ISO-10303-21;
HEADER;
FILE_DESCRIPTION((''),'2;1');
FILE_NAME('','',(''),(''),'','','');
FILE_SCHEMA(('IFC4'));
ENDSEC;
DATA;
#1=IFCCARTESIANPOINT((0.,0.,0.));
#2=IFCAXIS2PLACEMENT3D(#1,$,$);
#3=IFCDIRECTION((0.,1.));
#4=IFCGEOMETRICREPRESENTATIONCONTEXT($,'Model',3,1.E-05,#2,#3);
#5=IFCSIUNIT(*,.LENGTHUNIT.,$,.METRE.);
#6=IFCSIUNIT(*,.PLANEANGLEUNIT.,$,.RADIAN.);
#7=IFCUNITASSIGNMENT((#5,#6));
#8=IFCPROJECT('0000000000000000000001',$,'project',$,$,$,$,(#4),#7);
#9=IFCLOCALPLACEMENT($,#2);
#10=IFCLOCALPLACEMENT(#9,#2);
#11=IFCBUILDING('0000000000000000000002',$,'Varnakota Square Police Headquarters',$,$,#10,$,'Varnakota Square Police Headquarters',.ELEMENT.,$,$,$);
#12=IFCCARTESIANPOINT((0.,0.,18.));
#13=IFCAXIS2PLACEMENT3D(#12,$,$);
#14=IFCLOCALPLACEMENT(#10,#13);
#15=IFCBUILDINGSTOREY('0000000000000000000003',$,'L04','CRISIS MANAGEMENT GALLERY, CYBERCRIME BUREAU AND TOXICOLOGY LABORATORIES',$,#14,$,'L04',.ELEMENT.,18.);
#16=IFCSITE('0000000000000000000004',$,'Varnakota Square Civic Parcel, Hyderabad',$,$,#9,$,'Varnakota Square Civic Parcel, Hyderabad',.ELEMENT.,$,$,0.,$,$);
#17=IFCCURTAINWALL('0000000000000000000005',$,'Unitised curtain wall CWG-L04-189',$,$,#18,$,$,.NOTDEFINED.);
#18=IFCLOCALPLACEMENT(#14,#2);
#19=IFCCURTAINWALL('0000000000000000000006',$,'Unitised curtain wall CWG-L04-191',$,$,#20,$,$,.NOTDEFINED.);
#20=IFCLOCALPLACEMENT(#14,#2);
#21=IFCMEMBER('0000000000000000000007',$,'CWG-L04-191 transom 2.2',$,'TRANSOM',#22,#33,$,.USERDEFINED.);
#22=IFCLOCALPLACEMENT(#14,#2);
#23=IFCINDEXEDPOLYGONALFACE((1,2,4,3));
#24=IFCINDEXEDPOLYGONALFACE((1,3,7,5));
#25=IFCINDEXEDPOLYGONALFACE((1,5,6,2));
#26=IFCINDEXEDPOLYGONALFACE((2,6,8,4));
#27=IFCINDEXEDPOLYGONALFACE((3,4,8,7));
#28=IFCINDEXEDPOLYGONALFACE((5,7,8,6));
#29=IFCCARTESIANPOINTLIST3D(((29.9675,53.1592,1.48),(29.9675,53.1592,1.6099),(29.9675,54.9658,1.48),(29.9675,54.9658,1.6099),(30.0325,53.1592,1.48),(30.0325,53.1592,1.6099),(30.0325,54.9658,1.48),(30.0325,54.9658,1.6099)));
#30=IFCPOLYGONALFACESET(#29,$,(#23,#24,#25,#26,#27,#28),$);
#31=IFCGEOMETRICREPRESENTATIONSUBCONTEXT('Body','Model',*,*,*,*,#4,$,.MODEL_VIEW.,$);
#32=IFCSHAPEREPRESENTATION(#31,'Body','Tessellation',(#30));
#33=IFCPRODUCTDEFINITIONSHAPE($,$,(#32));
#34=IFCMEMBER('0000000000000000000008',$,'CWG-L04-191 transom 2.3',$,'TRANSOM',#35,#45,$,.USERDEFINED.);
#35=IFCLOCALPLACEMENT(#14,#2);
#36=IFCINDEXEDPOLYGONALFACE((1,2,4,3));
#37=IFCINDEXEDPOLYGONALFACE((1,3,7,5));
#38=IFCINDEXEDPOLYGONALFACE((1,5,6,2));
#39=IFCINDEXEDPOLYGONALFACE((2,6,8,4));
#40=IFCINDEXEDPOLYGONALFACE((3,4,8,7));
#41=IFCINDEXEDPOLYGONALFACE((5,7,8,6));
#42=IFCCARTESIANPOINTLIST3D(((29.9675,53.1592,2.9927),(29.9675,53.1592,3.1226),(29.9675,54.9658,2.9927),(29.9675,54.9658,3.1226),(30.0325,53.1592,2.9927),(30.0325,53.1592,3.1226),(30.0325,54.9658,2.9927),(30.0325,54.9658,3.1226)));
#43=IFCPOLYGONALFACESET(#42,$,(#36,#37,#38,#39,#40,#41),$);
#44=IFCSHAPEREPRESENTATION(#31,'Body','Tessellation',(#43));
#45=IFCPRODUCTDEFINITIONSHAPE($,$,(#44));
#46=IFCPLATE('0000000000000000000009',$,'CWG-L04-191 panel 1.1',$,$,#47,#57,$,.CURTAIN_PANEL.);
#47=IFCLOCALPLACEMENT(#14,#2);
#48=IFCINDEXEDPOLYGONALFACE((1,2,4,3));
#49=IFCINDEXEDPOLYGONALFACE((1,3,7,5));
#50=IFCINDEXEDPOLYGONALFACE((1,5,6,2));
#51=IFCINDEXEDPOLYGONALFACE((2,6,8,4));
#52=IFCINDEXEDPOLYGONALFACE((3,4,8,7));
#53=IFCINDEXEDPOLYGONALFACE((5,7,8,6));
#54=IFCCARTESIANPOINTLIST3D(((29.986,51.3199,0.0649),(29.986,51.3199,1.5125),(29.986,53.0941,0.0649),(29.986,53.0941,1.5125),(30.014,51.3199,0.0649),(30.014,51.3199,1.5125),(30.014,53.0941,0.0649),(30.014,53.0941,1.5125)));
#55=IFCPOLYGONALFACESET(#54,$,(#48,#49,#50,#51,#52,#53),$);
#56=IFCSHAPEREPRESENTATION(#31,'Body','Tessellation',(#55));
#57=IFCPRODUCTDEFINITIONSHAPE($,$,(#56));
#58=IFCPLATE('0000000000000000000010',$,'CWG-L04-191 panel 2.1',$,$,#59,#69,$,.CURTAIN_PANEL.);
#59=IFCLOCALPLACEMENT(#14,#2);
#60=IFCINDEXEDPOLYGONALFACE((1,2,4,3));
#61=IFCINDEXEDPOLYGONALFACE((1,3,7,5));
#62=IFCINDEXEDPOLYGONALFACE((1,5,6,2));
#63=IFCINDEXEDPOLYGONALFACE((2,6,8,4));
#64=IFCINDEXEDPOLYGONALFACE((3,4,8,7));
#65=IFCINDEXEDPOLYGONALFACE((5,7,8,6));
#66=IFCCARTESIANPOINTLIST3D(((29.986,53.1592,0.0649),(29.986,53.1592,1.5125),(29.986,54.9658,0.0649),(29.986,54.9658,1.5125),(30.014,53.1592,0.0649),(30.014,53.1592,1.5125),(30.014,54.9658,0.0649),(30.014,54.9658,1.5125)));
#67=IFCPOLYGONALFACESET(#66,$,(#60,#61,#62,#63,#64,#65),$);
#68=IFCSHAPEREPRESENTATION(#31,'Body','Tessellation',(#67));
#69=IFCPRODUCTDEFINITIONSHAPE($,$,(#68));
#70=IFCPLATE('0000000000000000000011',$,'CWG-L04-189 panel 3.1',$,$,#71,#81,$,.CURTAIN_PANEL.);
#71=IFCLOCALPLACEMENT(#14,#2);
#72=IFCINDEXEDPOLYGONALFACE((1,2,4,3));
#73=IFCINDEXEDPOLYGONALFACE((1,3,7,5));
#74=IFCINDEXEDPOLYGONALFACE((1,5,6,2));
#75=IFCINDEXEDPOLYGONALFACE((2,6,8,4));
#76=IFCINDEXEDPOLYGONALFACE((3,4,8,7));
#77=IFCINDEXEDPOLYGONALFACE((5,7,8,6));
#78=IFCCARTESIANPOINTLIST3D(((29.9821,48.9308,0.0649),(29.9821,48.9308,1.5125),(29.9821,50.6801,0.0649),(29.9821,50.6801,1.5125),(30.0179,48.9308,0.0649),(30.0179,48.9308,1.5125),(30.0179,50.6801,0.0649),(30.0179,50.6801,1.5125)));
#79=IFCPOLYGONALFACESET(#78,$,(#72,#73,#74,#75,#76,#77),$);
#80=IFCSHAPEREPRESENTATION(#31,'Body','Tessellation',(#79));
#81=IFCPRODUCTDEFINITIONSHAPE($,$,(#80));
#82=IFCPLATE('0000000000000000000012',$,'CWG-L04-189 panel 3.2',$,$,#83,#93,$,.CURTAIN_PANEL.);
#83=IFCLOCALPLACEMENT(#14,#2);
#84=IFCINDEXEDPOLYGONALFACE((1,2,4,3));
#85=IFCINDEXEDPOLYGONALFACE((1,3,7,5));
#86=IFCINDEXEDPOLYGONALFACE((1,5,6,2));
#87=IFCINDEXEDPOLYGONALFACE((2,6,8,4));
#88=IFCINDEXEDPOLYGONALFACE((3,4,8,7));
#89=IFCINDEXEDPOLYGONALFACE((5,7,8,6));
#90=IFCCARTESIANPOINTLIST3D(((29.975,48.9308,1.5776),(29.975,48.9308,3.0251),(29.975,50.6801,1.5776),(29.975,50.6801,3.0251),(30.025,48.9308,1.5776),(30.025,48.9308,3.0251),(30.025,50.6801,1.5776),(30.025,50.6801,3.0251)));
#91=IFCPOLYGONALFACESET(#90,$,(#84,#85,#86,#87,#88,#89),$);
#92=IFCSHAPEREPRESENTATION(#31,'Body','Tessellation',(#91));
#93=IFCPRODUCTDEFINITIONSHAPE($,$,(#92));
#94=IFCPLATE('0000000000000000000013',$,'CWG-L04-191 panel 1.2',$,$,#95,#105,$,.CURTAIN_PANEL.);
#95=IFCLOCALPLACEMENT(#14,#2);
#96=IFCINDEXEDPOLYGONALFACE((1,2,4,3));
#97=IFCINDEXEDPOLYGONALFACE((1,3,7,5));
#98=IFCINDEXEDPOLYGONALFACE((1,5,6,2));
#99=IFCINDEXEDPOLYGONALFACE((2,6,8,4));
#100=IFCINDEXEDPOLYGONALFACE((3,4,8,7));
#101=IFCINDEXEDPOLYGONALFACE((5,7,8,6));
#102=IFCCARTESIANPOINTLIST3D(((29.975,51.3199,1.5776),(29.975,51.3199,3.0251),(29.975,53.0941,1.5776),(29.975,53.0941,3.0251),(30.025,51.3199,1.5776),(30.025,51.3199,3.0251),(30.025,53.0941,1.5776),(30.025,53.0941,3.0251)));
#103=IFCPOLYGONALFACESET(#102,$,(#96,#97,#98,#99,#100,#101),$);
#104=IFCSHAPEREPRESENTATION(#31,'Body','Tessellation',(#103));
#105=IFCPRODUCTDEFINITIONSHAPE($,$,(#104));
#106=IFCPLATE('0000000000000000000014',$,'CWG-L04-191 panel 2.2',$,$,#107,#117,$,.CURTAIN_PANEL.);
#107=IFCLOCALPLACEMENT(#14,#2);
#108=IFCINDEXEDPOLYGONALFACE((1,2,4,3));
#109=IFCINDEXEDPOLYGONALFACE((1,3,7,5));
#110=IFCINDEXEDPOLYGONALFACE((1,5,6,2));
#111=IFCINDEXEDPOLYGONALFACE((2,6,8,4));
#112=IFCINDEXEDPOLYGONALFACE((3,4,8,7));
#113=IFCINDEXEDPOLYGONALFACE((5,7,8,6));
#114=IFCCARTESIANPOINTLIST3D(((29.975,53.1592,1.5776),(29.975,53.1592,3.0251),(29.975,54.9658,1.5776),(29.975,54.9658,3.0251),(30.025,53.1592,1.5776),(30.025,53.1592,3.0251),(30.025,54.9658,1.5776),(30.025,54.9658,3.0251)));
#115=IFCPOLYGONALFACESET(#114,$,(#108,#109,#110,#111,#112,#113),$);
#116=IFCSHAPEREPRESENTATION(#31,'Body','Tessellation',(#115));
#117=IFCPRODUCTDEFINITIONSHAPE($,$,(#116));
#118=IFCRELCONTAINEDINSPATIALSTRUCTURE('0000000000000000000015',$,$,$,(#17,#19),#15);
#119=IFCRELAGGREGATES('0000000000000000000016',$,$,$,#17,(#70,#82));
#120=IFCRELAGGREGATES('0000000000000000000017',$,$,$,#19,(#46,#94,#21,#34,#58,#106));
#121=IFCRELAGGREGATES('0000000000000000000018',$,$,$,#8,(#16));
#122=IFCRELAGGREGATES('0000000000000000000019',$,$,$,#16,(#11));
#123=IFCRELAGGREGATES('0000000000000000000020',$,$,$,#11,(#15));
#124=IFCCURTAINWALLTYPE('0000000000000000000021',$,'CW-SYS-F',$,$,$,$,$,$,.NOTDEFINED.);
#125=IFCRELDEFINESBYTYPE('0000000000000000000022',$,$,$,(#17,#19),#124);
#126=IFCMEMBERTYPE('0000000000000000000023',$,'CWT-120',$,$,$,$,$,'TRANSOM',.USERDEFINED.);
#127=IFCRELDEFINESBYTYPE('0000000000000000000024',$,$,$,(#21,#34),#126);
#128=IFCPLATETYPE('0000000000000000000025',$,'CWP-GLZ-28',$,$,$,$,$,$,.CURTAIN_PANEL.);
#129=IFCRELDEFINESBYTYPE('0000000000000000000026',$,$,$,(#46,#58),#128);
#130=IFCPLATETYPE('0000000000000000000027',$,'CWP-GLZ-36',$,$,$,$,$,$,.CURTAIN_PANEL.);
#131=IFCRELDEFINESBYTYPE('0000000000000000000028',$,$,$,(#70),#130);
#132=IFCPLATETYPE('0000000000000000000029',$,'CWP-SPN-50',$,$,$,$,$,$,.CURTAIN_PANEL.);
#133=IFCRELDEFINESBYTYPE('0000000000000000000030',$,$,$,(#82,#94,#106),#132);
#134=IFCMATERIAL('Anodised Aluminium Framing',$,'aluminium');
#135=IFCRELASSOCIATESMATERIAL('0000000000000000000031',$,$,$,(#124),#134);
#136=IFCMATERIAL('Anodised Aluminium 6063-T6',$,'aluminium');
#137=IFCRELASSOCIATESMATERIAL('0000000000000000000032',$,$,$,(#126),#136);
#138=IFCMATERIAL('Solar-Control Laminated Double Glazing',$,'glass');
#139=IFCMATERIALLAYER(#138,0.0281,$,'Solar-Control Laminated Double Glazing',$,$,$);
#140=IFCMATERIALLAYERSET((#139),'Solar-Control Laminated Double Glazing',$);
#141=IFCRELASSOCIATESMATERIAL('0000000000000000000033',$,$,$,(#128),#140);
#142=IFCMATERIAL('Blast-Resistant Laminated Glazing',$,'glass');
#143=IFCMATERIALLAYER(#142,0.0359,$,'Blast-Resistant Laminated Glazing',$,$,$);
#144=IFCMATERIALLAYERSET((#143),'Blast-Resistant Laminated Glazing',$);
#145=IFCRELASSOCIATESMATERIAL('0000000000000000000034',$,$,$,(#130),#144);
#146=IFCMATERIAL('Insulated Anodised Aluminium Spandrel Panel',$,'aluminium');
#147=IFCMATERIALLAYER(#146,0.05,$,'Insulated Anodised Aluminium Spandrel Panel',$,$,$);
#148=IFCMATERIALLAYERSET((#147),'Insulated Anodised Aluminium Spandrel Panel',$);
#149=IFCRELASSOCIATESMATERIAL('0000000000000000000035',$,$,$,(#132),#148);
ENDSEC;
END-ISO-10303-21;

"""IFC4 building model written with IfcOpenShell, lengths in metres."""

from ifc_helpers import new_model, si_unit, direction, frame, origin, origin_2d, place, context, subcontext, project, spatial, rectangle, extrude, material, layer, layer_set, material_profile, profile_set, type_object, element, aggregate, save


model = new_model("IFC4")

# Units and contexts
model_context = context("Model", 3, precision=1e-05, world=origin(), true_north=direction((0.0, 1.0)))
body_context = subcontext(model_context, "Body", "Model", "MODEL_VIEW")
ifc_project = project(units=[si_unit("LENGTHUNIT", "METRE"), si_unit("PLANEANGLEUNIT", "RADIAN")], contexts=[model_context])

# Site, building, storey
site_placement = place(None, origin())
site = spatial("IfcSite", under=ifc_project, at=site_placement, Name="Varnakota Square Civic Parcel, Hyderabad", LongName="Varnakota Square Civic Parcel, Hyderabad", CompositionType="ELEMENT", RefElevation=0.0)
building_placement = place(site_placement, origin())
building = spatial("IfcBuilding", under=site, at=building_placement, Name="Varnakota Square Police Headquarters", LongName="Varnakota Square Police Headquarters", CompositionType="ELEMENT")
storey_placement = place(building_placement, frame((0.0, 0.0, 18.0)))
storey = spatial("IfcBuildingStorey", under=building, at=storey_placement, Name="L04", Description="CRISIS MANAGEMENT GALLERY, CYBERCRIME BUREAU AND TOXICOLOGY LABORATORIES", LongName="L04", CompositionType="ELEMENT", Elevation=18.0)

# Curtain walls
ifc_material_1 = material(Name="Anodised Aluminium Framing", Category="aluminium")
curtain_wall_type = type_object("IfcCurtainWallType", Name="CW-SYS-F", PredefinedType="NOTDEFINED", material=ifc_material_1)
curtain_wall_1_placement = place(storey_placement, origin())
curtain_wall_1 = element("IfcCurtainWall", 1, at=curtain_wall_1_placement, inside=storey, type_object=curtain_wall_type, Name="Unitised curtain wall CWG-L04-189", PredefinedType="NOTDEFINED")
ifc_material_2 = material(Name="Anodised Aluminium 6063-T6", Category="aluminium")
curtain_wall_2_placement = place(storey_placement, origin())
curtain_wall_2 = element("IfcCurtainWall", 2, at=curtain_wall_2_placement, inside=storey, type_object=curtain_wall_type, Name="Unitised curtain wall CWG-L04-191", PredefinedType="NOTDEFINED")

# Members
ifc_material_profile_1 = material_profile(ifc_material_2, rectangle(XDim=0.0649, YDim=0.1299, at=origin_2d()), Name="ALU TRANSOM 65x130")
ifc_profile_set_1 = profile_set([ifc_material_profile_1], Name="Anodised Aluminium 6063-T6")
member_type_1 = type_object("IfcMemberType", Name="CWT-120", ElementType="TRANSOM", PredefinedType="USERDEFINED", material=ifc_profile_set_1)
member_1_placement = place(storey_placement, frame((30.0, 53.1592, 1.5449), z_axis=(0.0, 1.0, 0.0), x_axis=(-1.0, 0.0, 0.0)))
member_1 = element("IfcMember", 3, at=member_1_placement, type_object=member_type_1, Name="CWG-L04-191 transom 2.2", ObjectType="TRANSOM", PredefinedType="USERDEFINED", context=body_context, shape_type="SweptSolid", body=[
    extrude(rectangle(XDim=0.0649, YDim=0.1299, at=origin_2d()), origin(), (0.0, 0.0, 1.0), 1.8066),
])
member_2_placement = place(storey_placement, frame((30.0, 53.1592, 3.0576), z_axis=(0.0, 1.0, 0.0), x_axis=(-1.0, 0.0, 0.0)))
member_2 = element("IfcMember", 4, at=member_2_placement, type_object=member_type_1, Name="CWG-L04-191 transom 2.3", ObjectType="TRANSOM", PredefinedType="USERDEFINED", context=body_context, shape_type="SweptSolid", body=[
    extrude(rectangle(XDim=0.0649, YDim=0.1299, at=origin_2d()), origin(), (0.0, 0.0, 1.0), 1.8066),
])

# Plates
ifc_material_3 = material(Name="Solar-Control Laminated Double Glazing", Category="glass")
ifc_layer_1 = layer(ifc_material_3, 0.0281, Name="Solar-Control Laminated Double Glazing")
ifc_layer_set_1 = layer_set([ifc_layer_1], Name="Solar-Control Laminated Double Glazing")
plate_type_1 = type_object("IfcPlateType", Name="CWP-GLZ-28", PredefinedType="CURTAIN_PANEL", material=ifc_layer_set_1)
plate_1_placement = place(storey_placement, frame((30.0, 52.207, 0.0649), z_axis=(0.0, 0.0, 1.0), x_axis=(0.0, 1.0, 0.0)))
plate_1 = element("IfcPlate", 5, at=plate_1_placement, type_object=plate_type_1, Name="CWG-L04-191 panel 1.1", PredefinedType="CURTAIN_PANEL", context=body_context, shape_type="SweptSolid", body=[
    extrude(rectangle(XDim=1.7742, YDim=0.0281, at=origin_2d()), origin(), (0.0, 0.0, 1.0), 1.4475),
])
plate_2_placement = place(storey_placement, frame((30.0, 54.0625, 0.0649), z_axis=(0.0, 0.0, 1.0), x_axis=(0.0, 1.0, 0.0)))
plate_2 = element("IfcPlate", 6, at=plate_2_placement, type_object=plate_type_1, Name="CWG-L04-191 panel 2.1", PredefinedType="CURTAIN_PANEL", context=body_context, shape_type="SweptSolid", body=[
    extrude(rectangle(XDim=1.8066, YDim=0.0281, at=origin_2d()), origin(), (0.0, 0.0, 1.0), 1.4475),
])
ifc_material_4 = material(Name="Blast-Resistant Laminated Glazing", Category="glass")
ifc_layer_2 = layer(ifc_material_4, 0.0359, Name="Blast-Resistant Laminated Glazing")
ifc_layer_set_2 = layer_set([ifc_layer_2], Name="Blast-Resistant Laminated Glazing")
plate_type_2 = type_object("IfcPlateType", Name="CWP-GLZ-36", PredefinedType="CURTAIN_PANEL", material=ifc_layer_set_2)
plate_3_placement = place(storey_placement, frame((30.0, 49.8054, 0.0649), z_axis=(0.0, 0.0, 1.0), x_axis=(0.0, 1.0, 0.0)))
plate_3 = element("IfcPlate", 7, at=plate_3_placement, type_object=plate_type_2, Name="CWG-L04-189 panel 3.1", PredefinedType="CURTAIN_PANEL", context=body_context, shape_type="SweptSolid", body=[
    extrude(rectangle(XDim=1.7493, YDim=0.0359, at=origin_2d()), origin(), (0.0, 0.0, 1.0), 1.4475),
])
ifc_material_5 = material(Name="Insulated Anodised Aluminium Spandrel Panel", Category="aluminium")
ifc_layer_3 = layer(ifc_material_5, 0.05, Name="Insulated Anodised Aluminium Spandrel Panel")
ifc_layer_set_3 = layer_set([ifc_layer_3], Name="Insulated Anodised Aluminium Spandrel Panel")
plate_type_3 = type_object("IfcPlateType", Name="CWP-SPN-50", PredefinedType="CURTAIN_PANEL", material=ifc_layer_set_3)
plate_4_placement = place(storey_placement, frame((30.0, 49.8054, 1.5776), z_axis=(0.0, 0.0, 1.0), x_axis=(0.0, 1.0, 0.0)))
plate_4 = element("IfcPlate", 8, at=plate_4_placement, type_object=plate_type_3, Name="CWG-L04-189 panel 3.2", PredefinedType="CURTAIN_PANEL", context=body_context, shape_type="SweptSolid", body=[
    extrude(rectangle(XDim=1.7493, YDim=0.05, at=origin_2d()), origin(), (0.0, 0.0, 1.0), 1.4475),
])
aggregate(curtain_wall_1, [plate_3, plate_4])
plate_5_placement = place(storey_placement, frame((30.0, 52.207, 1.5776), z_axis=(0.0, 0.0, 1.0), x_axis=(0.0, 1.0, 0.0)))
plate_5 = element("IfcPlate", 9, at=plate_5_placement, type_object=plate_type_3, Name="CWG-L04-191 panel 1.2", PredefinedType="CURTAIN_PANEL", context=body_context, shape_type="SweptSolid", body=[
    extrude(rectangle(XDim=1.7742, YDim=0.05, at=origin_2d()), origin(), (0.0, 0.0, 1.0), 1.4475),
])
plate_6_placement = place(storey_placement, frame((30.0, 54.0625, 1.5776), z_axis=(0.0, 0.0, 1.0), x_axis=(0.0, 1.0, 0.0)))
plate_6 = element("IfcPlate", 10, at=plate_6_placement, type_object=plate_type_3, Name="CWG-L04-191 panel 2.2", PredefinedType="CURTAIN_PANEL", context=body_context, shape_type="SweptSolid", body=[
    extrude(rectangle(XDim=1.8066, YDim=0.05, at=origin_2d()), origin(), (0.0, 0.0, 1.0), 1.4475),
])
aggregate(curtain_wall_2, [plate_1, plate_5, member_1, member_2, plate_2, plate_6])

save(model, "model.ifc")
